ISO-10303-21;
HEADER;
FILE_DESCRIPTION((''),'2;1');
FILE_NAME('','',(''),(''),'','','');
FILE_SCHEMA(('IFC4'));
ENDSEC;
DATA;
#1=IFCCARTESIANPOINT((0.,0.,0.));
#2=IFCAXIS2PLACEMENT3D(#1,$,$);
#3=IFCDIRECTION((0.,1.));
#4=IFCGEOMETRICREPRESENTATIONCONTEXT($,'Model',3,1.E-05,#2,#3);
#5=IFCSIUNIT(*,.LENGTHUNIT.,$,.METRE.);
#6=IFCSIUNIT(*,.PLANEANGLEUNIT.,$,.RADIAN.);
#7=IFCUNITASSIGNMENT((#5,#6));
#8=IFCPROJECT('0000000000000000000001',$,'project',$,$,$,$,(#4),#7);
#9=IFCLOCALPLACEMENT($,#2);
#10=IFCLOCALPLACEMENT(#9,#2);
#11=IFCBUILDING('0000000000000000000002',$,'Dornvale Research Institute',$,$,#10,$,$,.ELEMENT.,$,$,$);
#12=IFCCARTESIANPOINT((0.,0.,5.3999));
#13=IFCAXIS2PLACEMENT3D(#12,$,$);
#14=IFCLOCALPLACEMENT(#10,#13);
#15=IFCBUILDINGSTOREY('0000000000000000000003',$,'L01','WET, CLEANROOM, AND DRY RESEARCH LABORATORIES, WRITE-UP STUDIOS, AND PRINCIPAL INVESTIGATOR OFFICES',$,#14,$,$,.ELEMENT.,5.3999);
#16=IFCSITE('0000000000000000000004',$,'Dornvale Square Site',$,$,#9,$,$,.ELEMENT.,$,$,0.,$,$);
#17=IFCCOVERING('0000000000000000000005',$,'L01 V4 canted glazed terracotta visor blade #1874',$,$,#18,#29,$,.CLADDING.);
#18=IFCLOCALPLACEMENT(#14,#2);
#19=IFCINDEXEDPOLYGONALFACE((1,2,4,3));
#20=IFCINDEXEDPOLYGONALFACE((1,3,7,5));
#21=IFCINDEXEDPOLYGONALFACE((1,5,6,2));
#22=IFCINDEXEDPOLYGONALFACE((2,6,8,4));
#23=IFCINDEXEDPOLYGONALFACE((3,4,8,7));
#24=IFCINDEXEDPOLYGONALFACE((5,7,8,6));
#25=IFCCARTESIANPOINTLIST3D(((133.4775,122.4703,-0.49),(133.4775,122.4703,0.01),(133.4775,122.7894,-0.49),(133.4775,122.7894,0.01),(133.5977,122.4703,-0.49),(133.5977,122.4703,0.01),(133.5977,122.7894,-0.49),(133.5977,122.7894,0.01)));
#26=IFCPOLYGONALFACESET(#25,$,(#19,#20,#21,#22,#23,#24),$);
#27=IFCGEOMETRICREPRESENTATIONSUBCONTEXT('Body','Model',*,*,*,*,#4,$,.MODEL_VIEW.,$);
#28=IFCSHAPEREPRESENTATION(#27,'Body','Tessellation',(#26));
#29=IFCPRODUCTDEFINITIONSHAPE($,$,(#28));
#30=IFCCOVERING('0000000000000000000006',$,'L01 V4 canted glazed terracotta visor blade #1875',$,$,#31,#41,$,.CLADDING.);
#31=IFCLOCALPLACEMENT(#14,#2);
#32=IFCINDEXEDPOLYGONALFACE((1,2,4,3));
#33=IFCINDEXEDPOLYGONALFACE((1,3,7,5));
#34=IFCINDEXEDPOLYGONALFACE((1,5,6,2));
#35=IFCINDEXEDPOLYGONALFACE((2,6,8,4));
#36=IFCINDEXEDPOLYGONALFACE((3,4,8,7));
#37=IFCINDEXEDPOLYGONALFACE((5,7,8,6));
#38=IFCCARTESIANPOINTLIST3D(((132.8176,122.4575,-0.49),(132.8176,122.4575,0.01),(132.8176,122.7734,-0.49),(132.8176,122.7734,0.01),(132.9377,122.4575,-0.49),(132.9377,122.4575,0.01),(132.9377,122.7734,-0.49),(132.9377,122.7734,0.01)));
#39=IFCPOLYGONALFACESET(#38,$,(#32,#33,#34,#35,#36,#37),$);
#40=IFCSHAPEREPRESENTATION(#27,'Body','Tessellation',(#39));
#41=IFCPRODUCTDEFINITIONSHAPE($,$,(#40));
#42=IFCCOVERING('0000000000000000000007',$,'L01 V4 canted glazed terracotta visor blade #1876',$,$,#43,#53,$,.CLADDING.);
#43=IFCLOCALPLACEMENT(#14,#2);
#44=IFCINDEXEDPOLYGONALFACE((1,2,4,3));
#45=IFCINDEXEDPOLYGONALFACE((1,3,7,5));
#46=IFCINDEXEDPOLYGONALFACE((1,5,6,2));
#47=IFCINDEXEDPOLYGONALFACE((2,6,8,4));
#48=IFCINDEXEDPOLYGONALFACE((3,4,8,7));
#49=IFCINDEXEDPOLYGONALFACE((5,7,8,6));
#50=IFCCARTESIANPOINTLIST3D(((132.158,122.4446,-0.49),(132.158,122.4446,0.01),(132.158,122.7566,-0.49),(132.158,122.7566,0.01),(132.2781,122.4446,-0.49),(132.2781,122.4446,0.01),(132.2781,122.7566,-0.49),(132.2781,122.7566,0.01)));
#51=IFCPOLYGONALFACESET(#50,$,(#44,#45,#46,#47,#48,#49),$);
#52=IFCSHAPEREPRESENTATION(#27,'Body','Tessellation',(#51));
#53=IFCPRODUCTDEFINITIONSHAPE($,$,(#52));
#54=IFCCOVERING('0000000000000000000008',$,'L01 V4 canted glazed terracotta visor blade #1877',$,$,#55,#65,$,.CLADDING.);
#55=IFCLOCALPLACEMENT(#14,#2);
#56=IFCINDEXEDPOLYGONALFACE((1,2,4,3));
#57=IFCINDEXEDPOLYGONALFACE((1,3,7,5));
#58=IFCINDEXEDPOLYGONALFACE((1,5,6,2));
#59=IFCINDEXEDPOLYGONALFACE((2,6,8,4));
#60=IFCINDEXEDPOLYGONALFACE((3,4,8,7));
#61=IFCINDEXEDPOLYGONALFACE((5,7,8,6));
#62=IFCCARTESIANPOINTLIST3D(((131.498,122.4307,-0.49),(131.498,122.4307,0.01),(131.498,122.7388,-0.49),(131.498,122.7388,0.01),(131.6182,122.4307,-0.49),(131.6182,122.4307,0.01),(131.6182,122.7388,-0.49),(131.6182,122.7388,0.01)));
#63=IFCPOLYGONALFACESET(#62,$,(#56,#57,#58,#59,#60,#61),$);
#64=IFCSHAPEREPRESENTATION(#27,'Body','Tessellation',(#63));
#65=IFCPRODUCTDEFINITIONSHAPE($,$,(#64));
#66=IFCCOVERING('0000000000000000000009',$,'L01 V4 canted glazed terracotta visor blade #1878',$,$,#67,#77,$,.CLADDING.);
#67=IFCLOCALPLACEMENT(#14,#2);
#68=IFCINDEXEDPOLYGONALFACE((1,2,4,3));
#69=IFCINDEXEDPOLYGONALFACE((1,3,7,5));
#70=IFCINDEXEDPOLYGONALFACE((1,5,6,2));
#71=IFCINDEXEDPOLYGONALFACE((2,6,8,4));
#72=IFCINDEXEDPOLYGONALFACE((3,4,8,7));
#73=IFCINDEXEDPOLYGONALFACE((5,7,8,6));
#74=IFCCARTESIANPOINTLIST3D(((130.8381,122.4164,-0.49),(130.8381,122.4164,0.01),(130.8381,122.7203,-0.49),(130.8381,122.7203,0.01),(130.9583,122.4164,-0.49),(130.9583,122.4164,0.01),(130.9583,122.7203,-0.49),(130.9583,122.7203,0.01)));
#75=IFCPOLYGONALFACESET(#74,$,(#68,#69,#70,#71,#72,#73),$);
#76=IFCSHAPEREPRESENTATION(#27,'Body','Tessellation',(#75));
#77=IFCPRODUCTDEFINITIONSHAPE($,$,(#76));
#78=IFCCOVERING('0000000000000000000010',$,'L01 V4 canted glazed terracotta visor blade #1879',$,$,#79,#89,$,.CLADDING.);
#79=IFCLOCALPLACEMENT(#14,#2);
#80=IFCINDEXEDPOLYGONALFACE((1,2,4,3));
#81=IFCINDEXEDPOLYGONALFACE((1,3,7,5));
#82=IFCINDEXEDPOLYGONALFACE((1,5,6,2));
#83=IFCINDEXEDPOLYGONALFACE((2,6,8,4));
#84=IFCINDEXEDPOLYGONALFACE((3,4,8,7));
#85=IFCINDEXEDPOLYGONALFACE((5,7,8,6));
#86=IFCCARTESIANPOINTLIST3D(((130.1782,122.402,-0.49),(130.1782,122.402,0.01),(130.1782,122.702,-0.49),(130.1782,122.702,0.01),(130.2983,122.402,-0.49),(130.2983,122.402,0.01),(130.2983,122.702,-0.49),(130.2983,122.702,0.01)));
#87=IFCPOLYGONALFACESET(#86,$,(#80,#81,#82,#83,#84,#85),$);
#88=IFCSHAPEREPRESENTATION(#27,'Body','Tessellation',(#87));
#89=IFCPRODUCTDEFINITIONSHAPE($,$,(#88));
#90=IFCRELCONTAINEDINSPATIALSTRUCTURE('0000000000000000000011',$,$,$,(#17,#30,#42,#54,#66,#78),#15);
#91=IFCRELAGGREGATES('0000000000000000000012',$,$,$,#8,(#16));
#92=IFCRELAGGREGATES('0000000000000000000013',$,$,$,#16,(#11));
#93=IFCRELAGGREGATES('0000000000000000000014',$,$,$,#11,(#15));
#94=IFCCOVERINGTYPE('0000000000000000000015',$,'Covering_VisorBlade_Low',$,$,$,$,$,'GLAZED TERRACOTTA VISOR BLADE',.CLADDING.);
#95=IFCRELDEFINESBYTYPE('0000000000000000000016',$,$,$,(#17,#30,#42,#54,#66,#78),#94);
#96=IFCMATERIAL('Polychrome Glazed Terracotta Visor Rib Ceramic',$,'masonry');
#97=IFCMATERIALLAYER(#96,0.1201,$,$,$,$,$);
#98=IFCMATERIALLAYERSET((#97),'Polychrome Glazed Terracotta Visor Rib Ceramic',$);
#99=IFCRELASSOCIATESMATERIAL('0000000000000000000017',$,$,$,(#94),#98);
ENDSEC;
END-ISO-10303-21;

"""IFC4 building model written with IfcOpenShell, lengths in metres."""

from ifc_helpers import new_model, si_unit, direction, frame, origin, origin_2d, place, context, subcontext, project, spatial, rectangle, extrude, material, layer, layer_set, type_object, element, save


model = new_model("IFC4")

# Units and contexts
model_context = context("Model", 3, precision=1e-05, world=origin(), true_north=direction((0.0, 1.0)))
body_context = subcontext(model_context, "Body", "Model", "MODEL_VIEW")
ifc_project = project(units=[si_unit("LENGTHUNIT", "METRE"), si_unit("PLANEANGLEUNIT", "RADIAN")], contexts=[model_context])

# Site, building, storey
site_placement = place(None, origin())
site = spatial("IfcSite", under=ifc_project, at=site_placement, Name="Dornvale Square Site", CompositionType="ELEMENT", RefElevation=0.0)
building_placement = place(site_placement, origin())
building = spatial("IfcBuilding", under=site, at=building_placement, Name="Dornvale Research Institute", CompositionType="ELEMENT")
storey_placement = place(building_placement, frame((0.0, 0.0, 5.3999)))
storey = spatial("IfcBuildingStorey", under=building, at=storey_placement, Name="L01", Description="WET, CLEANROOM, AND DRY RESEARCH LABORATORIES, WRITE-UP STUDIOS, AND PRINCIPAL INVESTIGATOR OFFICES", CompositionType="ELEMENT", Elevation=5.3999)

# Coverings
ifc_material_1 = material(Name="Polychrome Glazed Terracotta Visor Rib Ceramic", Category="masonry")
ifc_layer_1 = layer(ifc_material_1, 0.1201)
ifc_layer_set_1 = layer_set([ifc_layer_1], Name="Polychrome Glazed Terracotta Visor Rib Ceramic")
covering_type = type_object("IfcCoveringType", Name="Covering_VisorBlade_Low", ElementType="GLAZED TERRACOTTA VISOR BLADE", PredefinedType="CLADDING", material=ifc_layer_set_1)
covering_1_placement = place(storey_placement, frame((133.5376, 122.6299, -0.49), z_axis=(0.0, 0.0, 1.0), x_axis=(0.0, 1.0, 0.0)))
element("IfcCovering", 1, at=covering_1_placement, inside=storey, type_object=covering_type, Name="L01 V4 canted glazed terracotta visor blade #1874", PredefinedType="CLADDING", context=body_context, shape_type="SweptSolid", body=[
    extrude(rectangle(XDim=0.3191, YDim=0.1201, at=origin_2d()), origin(), (0.0, 0.0, 1.0), 0.5),
])
covering_2_placement = place(storey_placement, frame((132.8777, 122.6155, -0.49), z_axis=(0.0, 0.0, 1.0), x_axis=(0.0, 1.0, 0.0)))
element("IfcCovering", 2, at=covering_2_placement, inside=storey, type_object=covering_type, Name="L01 V4 canted glazed terracotta visor blade #1875", PredefinedType="CLADDING", context=body_context, shape_type="SweptSolid", body=[
    extrude(rectangle(XDim=0.3159, YDim=0.1201, at=origin_2d()), origin(), (0.0, 0.0, 1.0), 0.5),
])
covering_3_placement = place(storey_placement, frame((132.218, 122.6006, -0.49), z_axis=(0.0, 0.0, 1.0), x_axis=(0.0, 1.0, 0.0)))
element("IfcCovering", 3, at=covering_3_placement, inside=storey, type_object=covering_type, Name="L01 V4 canted glazed terracotta visor blade #1876", PredefinedType="CLADDING", context=body_context, shape_type="SweptSolid", body=[
    extrude(rectangle(XDim=0.312, YDim=0.1201, at=origin_2d()), origin(), (0.0, 0.0, 1.0), 0.5),
])
covering_4_placement = place(storey_placement, frame((131.5581, 122.5847, -0.49), z_axis=(0.0, 0.0, 1.0), x_axis=(0.0, 1.0, 0.0)))
element("IfcCovering", 4, at=covering_4_placement, inside=storey, type_object=covering_type, Name="L01 V4 canted glazed terracotta visor blade #1877", PredefinedType="CLADDING", context=body_context, shape_type="SweptSolid", body=[
    extrude(rectangle(XDim=0.3081, YDim=0.1201, at=origin_2d()), origin(), (0.0, 0.0, 1.0), 0.5),
])
covering_5_placement = place(storey_placement, frame((130.8982, 122.5684, -0.49), z_axis=(0.0, 0.0, 1.0), x_axis=(0.0, 1.0, 0.0)))
element("IfcCovering", 5, at=covering_5_placement, inside=storey, type_object=covering_type, Name="L01 V4 canted glazed terracotta visor blade #1878", PredefinedType="CLADDING", context=body_context, shape_type="SweptSolid", body=[
    extrude(rectangle(XDim=0.304, YDim=0.1201, at=origin_2d()), origin(), (0.0, 0.0, 1.0), 0.5),
])
covering_6_placement = place(storey_placement, frame((130.2383, 122.552, -0.49), z_axis=(0.0, 0.0, 1.0), x_axis=(0.0, 1.0, 0.0)))
element("IfcCovering", 6, at=covering_6_placement, inside=storey, type_object=covering_type, Name="L01 V4 canted glazed terracotta visor blade #1879", PredefinedType="CLADDING", context=body_context, shape_type="SweptSolid", body=[
    extrude(rectangle(XDim=0.3, YDim=0.1201, at=origin_2d()), origin(), (0.0, 0.0, 1.0), 0.5),
])

save(model, "model.ifc")
